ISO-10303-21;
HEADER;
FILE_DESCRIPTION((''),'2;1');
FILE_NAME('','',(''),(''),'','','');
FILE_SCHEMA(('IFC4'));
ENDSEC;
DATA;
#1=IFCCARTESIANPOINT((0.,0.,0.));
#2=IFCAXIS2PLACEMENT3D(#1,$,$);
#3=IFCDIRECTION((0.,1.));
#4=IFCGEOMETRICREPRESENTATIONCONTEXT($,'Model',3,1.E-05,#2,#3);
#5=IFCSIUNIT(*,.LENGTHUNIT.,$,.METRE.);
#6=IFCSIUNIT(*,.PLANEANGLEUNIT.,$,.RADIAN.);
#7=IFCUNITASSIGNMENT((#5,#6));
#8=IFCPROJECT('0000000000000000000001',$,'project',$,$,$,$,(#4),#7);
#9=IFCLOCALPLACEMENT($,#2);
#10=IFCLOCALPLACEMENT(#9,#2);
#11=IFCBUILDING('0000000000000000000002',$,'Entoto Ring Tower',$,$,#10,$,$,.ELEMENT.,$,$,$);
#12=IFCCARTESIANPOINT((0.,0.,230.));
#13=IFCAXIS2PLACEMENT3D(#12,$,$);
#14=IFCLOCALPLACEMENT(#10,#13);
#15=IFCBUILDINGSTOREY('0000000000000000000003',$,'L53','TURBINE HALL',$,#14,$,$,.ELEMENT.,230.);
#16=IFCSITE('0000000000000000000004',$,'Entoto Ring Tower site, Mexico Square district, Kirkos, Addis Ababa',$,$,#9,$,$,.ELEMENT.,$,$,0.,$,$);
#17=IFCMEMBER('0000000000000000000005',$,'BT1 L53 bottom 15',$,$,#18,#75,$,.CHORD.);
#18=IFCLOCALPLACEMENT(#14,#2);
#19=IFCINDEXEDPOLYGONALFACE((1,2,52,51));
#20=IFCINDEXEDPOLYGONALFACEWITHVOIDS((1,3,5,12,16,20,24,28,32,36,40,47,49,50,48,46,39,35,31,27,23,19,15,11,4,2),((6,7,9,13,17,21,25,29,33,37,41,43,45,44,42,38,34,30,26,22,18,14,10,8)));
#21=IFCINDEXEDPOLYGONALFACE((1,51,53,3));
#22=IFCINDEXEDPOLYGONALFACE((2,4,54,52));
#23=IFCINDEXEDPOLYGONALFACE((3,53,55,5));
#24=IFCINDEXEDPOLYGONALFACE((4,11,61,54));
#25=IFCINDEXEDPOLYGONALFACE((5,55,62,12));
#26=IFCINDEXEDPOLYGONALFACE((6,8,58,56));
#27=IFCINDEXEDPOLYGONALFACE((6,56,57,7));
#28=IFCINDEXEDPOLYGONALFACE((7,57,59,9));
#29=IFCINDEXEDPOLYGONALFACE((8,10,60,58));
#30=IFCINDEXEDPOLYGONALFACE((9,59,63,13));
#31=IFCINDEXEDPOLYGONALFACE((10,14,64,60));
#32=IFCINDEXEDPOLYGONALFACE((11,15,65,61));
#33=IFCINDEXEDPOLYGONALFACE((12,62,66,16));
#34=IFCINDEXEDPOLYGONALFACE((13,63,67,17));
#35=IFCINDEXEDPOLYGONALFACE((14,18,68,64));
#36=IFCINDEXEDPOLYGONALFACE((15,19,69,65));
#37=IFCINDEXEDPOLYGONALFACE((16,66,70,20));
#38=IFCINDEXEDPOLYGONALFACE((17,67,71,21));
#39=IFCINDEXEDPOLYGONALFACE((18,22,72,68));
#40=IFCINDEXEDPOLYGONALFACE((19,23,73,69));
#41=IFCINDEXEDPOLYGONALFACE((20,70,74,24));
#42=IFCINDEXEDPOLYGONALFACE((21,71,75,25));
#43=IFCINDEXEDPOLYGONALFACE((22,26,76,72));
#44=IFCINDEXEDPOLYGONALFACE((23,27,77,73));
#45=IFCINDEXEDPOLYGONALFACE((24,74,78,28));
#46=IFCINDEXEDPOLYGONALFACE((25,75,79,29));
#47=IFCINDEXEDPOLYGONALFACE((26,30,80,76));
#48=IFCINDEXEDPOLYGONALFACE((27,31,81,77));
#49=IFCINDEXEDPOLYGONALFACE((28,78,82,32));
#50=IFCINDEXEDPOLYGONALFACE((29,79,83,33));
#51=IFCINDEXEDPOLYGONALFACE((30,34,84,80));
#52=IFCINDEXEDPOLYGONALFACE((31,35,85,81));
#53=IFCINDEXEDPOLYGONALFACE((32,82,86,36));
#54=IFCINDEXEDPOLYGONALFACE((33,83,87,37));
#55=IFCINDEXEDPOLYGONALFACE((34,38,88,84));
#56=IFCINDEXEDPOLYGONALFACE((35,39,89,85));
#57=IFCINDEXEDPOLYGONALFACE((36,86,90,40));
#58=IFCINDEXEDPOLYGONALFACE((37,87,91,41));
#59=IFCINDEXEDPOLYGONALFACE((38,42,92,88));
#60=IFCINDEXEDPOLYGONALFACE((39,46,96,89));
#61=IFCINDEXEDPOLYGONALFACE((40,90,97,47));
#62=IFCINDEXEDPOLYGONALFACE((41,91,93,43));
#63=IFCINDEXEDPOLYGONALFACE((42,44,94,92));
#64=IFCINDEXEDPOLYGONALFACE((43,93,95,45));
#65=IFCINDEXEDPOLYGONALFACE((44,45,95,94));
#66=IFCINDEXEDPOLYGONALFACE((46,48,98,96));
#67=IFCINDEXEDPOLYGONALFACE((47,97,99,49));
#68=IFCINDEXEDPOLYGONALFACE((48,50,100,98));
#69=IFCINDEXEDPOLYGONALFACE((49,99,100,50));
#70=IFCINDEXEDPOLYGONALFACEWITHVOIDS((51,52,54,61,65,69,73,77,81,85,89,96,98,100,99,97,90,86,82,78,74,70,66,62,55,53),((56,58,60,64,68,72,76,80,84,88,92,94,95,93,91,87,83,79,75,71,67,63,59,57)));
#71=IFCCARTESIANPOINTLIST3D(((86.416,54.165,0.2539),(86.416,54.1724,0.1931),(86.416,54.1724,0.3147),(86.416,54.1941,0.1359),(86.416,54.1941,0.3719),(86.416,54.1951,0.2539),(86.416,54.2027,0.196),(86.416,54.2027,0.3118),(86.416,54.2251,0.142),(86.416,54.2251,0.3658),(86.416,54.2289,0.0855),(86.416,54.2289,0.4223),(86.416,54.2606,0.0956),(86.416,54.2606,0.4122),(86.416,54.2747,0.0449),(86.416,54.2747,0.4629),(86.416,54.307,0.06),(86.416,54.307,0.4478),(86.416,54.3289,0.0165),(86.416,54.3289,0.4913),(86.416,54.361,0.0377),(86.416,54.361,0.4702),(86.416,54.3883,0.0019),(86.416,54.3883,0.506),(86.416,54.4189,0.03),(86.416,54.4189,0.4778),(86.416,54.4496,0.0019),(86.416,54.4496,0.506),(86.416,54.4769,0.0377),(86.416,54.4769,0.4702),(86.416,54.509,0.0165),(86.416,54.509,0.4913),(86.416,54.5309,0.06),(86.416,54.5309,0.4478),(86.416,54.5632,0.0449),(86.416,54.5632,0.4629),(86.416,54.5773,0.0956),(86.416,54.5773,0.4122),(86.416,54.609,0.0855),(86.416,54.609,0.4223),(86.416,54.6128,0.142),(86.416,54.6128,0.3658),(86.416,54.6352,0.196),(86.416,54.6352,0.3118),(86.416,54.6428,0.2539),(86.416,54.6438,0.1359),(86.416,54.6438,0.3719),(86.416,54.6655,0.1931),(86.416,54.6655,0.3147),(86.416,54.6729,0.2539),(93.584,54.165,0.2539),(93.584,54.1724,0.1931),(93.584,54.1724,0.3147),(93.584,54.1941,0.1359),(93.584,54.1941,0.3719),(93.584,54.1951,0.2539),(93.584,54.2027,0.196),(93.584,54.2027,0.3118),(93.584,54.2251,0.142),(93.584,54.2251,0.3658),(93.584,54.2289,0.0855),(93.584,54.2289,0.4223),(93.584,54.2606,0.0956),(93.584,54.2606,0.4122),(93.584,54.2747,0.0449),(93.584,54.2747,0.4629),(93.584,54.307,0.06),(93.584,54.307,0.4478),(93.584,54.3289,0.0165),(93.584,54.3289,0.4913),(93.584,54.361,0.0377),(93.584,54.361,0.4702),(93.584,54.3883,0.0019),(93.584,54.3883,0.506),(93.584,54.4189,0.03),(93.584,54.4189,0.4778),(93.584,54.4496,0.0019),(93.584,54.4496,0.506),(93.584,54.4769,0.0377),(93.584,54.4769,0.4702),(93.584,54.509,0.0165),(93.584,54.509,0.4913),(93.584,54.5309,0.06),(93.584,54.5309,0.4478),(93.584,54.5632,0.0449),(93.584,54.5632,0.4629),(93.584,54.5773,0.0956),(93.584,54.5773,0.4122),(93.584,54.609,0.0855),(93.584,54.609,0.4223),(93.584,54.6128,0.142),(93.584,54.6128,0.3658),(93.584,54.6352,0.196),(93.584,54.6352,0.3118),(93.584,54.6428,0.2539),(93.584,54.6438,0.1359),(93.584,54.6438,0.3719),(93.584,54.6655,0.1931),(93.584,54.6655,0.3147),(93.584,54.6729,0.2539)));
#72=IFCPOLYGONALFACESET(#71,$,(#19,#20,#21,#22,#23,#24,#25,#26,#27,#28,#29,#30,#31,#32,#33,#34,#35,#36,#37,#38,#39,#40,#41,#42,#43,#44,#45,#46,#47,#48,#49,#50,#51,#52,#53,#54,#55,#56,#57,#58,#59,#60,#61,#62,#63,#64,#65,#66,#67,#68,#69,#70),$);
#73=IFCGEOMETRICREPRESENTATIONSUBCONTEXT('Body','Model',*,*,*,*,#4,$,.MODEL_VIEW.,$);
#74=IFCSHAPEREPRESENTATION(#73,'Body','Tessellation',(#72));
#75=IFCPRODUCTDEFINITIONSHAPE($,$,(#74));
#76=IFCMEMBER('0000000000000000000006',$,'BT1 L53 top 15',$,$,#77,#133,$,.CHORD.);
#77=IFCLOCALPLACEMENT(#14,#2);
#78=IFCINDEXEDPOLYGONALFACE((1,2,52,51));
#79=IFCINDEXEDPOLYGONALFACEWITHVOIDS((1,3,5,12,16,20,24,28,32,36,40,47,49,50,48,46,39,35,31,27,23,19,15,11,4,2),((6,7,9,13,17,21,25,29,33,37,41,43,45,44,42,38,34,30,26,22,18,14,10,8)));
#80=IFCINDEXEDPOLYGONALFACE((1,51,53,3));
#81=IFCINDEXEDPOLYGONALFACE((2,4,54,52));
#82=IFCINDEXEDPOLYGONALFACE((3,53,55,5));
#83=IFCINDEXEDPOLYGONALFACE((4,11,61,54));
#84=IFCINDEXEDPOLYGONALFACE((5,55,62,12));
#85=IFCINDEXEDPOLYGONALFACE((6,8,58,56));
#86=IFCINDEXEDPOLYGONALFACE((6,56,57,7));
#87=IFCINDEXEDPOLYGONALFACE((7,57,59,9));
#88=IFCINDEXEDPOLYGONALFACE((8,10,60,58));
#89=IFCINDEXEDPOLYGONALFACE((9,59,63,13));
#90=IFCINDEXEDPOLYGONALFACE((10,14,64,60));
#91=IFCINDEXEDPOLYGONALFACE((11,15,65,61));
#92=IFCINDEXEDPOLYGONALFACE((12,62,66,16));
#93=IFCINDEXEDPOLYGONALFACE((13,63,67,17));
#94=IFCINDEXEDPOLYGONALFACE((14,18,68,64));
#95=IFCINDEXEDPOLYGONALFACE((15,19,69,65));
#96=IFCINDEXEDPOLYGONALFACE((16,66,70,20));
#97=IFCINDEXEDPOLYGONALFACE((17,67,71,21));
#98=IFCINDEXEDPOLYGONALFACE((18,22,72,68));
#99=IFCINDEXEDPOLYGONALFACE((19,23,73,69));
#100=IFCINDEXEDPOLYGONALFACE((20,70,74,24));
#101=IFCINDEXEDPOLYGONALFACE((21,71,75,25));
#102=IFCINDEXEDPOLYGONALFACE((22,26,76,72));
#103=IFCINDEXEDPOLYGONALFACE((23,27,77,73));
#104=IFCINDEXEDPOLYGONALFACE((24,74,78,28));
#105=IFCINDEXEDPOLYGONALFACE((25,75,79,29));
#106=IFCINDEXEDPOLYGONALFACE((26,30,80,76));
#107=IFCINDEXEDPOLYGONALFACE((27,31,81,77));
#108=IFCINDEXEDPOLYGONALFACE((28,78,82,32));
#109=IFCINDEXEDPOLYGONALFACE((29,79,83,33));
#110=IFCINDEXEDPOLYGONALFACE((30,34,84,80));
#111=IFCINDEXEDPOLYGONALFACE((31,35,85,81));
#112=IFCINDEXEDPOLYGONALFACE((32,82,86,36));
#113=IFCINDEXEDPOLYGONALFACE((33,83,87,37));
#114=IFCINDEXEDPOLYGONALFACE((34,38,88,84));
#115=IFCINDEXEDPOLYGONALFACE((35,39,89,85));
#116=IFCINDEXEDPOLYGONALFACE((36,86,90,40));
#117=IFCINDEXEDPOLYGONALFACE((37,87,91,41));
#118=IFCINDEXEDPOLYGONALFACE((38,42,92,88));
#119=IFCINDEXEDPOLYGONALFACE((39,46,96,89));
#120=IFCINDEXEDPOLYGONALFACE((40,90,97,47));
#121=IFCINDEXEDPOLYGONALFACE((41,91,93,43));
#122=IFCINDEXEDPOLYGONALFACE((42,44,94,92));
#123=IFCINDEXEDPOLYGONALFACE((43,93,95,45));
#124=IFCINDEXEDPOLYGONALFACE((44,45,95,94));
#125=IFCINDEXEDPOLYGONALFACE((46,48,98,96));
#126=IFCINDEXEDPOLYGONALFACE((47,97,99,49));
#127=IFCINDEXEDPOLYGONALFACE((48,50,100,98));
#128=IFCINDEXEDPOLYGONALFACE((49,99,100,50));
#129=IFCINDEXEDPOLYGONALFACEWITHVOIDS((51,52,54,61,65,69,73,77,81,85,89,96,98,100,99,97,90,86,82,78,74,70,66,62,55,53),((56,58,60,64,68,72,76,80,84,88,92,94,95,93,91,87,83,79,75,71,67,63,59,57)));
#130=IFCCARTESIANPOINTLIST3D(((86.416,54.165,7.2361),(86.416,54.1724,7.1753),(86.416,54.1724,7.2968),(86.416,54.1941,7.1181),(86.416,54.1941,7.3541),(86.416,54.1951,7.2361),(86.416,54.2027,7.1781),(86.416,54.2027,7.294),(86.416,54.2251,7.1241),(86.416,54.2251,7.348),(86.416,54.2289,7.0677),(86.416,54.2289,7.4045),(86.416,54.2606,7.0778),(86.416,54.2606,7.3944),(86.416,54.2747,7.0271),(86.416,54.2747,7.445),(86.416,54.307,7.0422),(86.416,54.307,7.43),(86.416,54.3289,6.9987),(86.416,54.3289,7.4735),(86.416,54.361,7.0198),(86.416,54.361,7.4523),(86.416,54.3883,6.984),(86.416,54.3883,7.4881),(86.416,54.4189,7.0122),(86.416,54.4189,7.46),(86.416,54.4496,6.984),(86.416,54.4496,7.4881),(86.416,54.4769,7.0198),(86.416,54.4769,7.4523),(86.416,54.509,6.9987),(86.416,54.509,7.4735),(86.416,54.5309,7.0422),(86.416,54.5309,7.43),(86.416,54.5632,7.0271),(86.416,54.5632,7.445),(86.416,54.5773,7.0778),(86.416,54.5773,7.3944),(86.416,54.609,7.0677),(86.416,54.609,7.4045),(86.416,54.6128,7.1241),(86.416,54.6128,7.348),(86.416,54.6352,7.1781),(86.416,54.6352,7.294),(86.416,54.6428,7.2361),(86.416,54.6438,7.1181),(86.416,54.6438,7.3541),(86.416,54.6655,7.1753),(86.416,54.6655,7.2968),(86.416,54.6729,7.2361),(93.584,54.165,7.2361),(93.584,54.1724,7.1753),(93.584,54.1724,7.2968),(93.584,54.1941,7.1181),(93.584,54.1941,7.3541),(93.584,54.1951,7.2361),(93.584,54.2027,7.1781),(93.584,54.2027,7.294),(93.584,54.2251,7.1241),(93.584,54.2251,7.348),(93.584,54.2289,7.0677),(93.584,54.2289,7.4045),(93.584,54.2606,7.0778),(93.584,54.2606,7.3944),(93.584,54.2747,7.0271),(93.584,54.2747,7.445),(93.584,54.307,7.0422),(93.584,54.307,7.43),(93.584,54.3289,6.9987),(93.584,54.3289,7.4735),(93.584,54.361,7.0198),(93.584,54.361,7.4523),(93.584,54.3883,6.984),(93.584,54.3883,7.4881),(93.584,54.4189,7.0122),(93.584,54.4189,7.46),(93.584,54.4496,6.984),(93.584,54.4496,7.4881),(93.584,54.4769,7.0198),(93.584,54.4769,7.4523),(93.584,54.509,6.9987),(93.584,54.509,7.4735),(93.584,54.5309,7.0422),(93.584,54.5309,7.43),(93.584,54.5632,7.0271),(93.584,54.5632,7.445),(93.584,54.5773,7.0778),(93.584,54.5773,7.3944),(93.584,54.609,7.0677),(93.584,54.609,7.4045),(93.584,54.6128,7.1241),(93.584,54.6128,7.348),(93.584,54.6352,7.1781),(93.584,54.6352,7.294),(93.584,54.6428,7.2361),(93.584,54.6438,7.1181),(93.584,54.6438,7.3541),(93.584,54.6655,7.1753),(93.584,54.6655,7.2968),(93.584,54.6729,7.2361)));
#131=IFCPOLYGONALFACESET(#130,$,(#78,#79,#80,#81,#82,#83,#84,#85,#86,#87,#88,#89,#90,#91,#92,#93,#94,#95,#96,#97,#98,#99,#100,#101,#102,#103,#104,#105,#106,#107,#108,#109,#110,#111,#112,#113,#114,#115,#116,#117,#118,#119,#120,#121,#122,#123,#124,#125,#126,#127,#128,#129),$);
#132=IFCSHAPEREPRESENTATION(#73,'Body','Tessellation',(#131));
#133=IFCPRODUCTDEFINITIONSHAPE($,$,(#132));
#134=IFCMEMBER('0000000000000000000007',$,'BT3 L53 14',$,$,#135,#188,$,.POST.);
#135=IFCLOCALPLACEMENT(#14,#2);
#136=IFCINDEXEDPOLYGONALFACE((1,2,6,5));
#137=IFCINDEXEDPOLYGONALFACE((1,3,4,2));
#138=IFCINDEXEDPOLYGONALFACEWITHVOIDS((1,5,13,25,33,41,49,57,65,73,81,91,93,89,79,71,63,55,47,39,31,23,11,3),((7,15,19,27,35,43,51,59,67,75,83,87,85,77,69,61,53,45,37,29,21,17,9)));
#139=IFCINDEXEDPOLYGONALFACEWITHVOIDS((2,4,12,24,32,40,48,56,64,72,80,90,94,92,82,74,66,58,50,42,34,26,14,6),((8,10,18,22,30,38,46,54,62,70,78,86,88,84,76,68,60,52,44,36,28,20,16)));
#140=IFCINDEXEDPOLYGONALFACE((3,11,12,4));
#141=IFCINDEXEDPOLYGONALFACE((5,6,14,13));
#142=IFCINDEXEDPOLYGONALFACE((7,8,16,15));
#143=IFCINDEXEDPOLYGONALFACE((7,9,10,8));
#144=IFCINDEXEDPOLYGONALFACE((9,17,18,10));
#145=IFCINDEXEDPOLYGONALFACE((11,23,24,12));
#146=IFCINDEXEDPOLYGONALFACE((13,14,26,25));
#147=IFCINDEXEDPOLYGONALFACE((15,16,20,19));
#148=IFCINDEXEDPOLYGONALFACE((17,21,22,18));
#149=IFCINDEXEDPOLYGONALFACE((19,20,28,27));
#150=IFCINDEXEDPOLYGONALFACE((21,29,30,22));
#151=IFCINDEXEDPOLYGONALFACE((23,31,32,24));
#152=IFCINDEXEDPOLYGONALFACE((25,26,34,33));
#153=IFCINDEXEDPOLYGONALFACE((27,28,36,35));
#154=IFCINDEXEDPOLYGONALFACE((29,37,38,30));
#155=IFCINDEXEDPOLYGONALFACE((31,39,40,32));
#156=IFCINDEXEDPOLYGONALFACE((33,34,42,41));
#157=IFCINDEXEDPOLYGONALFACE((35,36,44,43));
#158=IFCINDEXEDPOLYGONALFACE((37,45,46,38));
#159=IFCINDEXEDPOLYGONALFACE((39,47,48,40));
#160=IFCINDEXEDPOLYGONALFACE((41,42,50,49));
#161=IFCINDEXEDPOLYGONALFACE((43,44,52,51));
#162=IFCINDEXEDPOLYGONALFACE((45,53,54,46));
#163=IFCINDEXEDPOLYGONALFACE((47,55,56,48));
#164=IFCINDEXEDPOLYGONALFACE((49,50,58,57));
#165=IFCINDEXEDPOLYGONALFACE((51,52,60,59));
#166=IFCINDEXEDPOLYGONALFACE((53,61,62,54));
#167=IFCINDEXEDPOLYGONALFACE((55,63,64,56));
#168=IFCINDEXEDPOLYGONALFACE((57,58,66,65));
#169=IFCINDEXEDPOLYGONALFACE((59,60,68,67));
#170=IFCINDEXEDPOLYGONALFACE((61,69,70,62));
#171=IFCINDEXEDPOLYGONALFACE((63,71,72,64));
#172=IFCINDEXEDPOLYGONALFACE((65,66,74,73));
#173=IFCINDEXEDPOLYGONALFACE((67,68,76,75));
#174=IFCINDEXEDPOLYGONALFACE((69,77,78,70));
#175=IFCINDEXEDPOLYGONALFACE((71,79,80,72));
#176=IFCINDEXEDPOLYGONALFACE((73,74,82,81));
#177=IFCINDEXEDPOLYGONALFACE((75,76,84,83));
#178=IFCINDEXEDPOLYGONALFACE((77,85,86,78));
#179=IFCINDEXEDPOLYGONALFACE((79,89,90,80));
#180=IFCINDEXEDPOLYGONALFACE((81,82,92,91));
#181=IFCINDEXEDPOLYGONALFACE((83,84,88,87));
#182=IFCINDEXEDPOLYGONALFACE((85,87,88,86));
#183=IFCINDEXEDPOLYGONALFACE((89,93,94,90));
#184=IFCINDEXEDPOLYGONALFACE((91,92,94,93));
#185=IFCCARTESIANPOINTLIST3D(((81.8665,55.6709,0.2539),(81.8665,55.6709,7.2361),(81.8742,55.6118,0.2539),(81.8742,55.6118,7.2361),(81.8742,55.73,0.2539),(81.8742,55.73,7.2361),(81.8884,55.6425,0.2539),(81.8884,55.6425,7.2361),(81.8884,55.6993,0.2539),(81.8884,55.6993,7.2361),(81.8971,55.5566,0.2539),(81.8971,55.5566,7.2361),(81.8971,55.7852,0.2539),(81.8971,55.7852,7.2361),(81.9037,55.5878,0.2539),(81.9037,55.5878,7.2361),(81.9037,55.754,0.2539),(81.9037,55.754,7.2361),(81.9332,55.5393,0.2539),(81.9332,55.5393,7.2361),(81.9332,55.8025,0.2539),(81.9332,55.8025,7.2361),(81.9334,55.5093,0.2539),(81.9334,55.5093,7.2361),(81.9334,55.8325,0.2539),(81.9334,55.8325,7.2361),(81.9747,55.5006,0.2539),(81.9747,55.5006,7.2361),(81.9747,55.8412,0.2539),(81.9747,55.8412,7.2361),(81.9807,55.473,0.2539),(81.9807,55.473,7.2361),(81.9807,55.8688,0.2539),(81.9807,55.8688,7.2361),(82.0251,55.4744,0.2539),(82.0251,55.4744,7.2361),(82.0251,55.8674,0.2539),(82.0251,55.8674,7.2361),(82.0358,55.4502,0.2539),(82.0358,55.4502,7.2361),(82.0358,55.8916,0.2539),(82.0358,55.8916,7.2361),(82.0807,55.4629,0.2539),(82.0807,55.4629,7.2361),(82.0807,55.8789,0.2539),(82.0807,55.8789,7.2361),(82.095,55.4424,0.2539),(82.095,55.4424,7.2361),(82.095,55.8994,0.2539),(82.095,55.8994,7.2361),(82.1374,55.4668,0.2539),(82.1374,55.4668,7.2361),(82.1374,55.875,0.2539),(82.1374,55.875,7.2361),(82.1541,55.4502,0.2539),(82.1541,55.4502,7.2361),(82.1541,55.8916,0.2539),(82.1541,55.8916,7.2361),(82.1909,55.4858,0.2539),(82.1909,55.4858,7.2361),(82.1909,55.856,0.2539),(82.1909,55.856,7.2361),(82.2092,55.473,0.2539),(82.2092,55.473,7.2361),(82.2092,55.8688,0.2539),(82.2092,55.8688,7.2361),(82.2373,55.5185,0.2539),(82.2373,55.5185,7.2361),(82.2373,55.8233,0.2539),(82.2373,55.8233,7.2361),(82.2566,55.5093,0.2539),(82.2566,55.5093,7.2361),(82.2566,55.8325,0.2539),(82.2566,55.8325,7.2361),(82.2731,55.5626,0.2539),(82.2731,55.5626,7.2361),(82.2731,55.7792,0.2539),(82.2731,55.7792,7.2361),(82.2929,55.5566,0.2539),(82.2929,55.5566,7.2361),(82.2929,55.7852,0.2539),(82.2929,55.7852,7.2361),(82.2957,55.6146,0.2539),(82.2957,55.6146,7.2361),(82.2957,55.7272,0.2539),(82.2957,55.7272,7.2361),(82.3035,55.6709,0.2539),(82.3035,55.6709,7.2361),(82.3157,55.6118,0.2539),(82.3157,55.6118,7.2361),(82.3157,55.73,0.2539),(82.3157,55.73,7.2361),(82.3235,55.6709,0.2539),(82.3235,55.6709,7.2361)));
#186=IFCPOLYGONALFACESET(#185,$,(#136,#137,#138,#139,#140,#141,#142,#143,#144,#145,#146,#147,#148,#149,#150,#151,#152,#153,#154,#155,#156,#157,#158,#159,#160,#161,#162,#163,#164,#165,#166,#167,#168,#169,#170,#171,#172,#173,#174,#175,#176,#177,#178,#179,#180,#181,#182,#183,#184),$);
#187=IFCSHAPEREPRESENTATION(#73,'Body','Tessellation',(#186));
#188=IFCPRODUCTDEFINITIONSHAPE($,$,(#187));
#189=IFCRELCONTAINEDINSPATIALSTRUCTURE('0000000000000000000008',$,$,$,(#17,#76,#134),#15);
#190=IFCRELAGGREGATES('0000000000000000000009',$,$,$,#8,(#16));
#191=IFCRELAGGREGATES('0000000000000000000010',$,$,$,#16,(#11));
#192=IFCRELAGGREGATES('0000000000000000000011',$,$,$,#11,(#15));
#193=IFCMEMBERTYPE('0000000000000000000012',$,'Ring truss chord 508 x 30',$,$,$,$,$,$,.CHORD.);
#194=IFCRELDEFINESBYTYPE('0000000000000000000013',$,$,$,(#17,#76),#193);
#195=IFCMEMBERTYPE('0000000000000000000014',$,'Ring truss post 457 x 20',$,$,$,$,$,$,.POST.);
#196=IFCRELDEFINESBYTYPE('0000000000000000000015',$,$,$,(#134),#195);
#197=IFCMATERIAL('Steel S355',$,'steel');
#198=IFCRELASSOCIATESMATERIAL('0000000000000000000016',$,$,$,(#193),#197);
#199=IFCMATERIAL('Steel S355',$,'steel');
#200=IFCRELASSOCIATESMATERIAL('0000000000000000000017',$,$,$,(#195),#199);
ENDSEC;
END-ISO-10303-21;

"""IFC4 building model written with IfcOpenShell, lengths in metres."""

from ifc_helpers import new_model, si_unit, direction, frame, origin, origin_2d, place, context, subcontext, project, spatial, circle, hollow_circle, extrude, material, material_profile, profile_set, type_object, element, save


model = new_model("IFC4")

# Units and contexts
model_context = context("Model", 3, precision=1e-05, world=origin(), true_north=direction((0.0, 1.0)))
body_context = subcontext(model_context, "Body", "Model", "MODEL_VIEW")
ifc_project = project(units=[si_unit("LENGTHUNIT", "METRE"), si_unit("PLANEANGLEUNIT", "RADIAN")], contexts=[model_context])

# Site, building, storey
site_placement = place(None, origin())
site = spatial("IfcSite", under=ifc_project, at=site_placement, Name="Entoto Ring Tower site, Mexico Square district, Kirkos, Addis Ababa", CompositionType="ELEMENT", RefElevation=0.0)
building_placement = place(site_placement, origin())
building = spatial("IfcBuilding", under=site, at=building_placement, Name="Entoto Ring Tower", CompositionType="ELEMENT")
storey_placement = place(building_placement, frame((0.0, 0.0, 230.0)))
storey = spatial("IfcBuildingStorey", under=building, at=storey_placement, Name="L53", Description="TURBINE HALL", CompositionType="ELEMENT", Elevation=230.0)

# Members
ifc_material_1 = material(Name="Steel S355", Category="steel")
ifc_material_profile_1 = material_profile(ifc_material_1, hollow_circle(Radius=0.2539, WallThickness=0.03, at=origin_2d()), Name="CHS 508 x 30")
ifc_material_2 = material(Name="Concrete C60/75", Category="concrete")
ifc_material_profile_2 = material_profile(ifc_material_2, circle(Radius=0.2241, at=origin_2d()), Name="Concrete C60/75 infill")
ifc_profile_set_1 = profile_set([ifc_material_profile_1, ifc_material_profile_2], Name="Steel S355")
member_type_1 = type_object("IfcMemberType", Name="Ring truss chord 508 x 30", PredefinedType="CHORD", material=ifc_profile_set_1)
for number, where, z_axis, x_axis, name in (
    (1, (86.416, 54.4189, 0.2539), (1.0, 0.0, 0.0), (0.0, 1.0, 0.0), "BT1 L53 bottom 15"),
    (2, (86.416, 54.4189, 7.2361), (1.0, 0.0, 0.0), (0.0, 1.0, 0.0), "BT1 L53 top 15"),
):
    element("IfcMember", number, at=place(storey_placement, frame(where, z_axis=z_axis, x_axis=x_axis)), inside=storey, type_object=member_type_1, Name=name, PredefinedType="CHORD", context=body_context, shape_type="SweptSolid", body=[
        extrude(hollow_circle(Radius=0.2539, WallThickness=0.03, at=origin_2d()), origin(), (0.0, 0.0, 1.0), 7.168),
    ])
ifc_material_3 = material(Name="Steel S355", Category="steel")
ifc_material_profile_3 = material_profile(ifc_material_3, hollow_circle(Radius=0.2285, WallThickness=0.02, at=origin_2d()), Name="CHS 457 x 20")
ifc_material_4 = material(Name="Concrete C60/75", Category="concrete")
ifc_material_profile_4 = material_profile(ifc_material_4, circle(Radius=0.2085, at=origin_2d()), Name="Concrete C60/75 infill")
ifc_profile_set_2 = profile_set([ifc_material_profile_3, ifc_material_profile_4], Name="Steel S355")
member_type_2 = type_object("IfcMemberType", Name="Ring truss post 457 x 20", PredefinedType="POST", material=ifc_profile_set_2)
member_1_placement = place(storey_placement, frame((82.095, 55.6709, 0.2539), z_axis=(0.0, 0.0, 1.0), x_axis=(1.0, 0.0, 0.0)))
element("IfcMember", 3, at=member_1_placement, inside=storey, type_object=member_type_2, Name="BT3 L53 14", PredefinedType="POST", context=body_context, shape_type="SweptSolid", body=[
    extrude(hollow_circle(Radius=0.2285, WallThickness=0.02, at=origin_2d()), origin(), (0.0, 0.0, 1.0), 6.9822),
])

save(model, "model.ifc")
